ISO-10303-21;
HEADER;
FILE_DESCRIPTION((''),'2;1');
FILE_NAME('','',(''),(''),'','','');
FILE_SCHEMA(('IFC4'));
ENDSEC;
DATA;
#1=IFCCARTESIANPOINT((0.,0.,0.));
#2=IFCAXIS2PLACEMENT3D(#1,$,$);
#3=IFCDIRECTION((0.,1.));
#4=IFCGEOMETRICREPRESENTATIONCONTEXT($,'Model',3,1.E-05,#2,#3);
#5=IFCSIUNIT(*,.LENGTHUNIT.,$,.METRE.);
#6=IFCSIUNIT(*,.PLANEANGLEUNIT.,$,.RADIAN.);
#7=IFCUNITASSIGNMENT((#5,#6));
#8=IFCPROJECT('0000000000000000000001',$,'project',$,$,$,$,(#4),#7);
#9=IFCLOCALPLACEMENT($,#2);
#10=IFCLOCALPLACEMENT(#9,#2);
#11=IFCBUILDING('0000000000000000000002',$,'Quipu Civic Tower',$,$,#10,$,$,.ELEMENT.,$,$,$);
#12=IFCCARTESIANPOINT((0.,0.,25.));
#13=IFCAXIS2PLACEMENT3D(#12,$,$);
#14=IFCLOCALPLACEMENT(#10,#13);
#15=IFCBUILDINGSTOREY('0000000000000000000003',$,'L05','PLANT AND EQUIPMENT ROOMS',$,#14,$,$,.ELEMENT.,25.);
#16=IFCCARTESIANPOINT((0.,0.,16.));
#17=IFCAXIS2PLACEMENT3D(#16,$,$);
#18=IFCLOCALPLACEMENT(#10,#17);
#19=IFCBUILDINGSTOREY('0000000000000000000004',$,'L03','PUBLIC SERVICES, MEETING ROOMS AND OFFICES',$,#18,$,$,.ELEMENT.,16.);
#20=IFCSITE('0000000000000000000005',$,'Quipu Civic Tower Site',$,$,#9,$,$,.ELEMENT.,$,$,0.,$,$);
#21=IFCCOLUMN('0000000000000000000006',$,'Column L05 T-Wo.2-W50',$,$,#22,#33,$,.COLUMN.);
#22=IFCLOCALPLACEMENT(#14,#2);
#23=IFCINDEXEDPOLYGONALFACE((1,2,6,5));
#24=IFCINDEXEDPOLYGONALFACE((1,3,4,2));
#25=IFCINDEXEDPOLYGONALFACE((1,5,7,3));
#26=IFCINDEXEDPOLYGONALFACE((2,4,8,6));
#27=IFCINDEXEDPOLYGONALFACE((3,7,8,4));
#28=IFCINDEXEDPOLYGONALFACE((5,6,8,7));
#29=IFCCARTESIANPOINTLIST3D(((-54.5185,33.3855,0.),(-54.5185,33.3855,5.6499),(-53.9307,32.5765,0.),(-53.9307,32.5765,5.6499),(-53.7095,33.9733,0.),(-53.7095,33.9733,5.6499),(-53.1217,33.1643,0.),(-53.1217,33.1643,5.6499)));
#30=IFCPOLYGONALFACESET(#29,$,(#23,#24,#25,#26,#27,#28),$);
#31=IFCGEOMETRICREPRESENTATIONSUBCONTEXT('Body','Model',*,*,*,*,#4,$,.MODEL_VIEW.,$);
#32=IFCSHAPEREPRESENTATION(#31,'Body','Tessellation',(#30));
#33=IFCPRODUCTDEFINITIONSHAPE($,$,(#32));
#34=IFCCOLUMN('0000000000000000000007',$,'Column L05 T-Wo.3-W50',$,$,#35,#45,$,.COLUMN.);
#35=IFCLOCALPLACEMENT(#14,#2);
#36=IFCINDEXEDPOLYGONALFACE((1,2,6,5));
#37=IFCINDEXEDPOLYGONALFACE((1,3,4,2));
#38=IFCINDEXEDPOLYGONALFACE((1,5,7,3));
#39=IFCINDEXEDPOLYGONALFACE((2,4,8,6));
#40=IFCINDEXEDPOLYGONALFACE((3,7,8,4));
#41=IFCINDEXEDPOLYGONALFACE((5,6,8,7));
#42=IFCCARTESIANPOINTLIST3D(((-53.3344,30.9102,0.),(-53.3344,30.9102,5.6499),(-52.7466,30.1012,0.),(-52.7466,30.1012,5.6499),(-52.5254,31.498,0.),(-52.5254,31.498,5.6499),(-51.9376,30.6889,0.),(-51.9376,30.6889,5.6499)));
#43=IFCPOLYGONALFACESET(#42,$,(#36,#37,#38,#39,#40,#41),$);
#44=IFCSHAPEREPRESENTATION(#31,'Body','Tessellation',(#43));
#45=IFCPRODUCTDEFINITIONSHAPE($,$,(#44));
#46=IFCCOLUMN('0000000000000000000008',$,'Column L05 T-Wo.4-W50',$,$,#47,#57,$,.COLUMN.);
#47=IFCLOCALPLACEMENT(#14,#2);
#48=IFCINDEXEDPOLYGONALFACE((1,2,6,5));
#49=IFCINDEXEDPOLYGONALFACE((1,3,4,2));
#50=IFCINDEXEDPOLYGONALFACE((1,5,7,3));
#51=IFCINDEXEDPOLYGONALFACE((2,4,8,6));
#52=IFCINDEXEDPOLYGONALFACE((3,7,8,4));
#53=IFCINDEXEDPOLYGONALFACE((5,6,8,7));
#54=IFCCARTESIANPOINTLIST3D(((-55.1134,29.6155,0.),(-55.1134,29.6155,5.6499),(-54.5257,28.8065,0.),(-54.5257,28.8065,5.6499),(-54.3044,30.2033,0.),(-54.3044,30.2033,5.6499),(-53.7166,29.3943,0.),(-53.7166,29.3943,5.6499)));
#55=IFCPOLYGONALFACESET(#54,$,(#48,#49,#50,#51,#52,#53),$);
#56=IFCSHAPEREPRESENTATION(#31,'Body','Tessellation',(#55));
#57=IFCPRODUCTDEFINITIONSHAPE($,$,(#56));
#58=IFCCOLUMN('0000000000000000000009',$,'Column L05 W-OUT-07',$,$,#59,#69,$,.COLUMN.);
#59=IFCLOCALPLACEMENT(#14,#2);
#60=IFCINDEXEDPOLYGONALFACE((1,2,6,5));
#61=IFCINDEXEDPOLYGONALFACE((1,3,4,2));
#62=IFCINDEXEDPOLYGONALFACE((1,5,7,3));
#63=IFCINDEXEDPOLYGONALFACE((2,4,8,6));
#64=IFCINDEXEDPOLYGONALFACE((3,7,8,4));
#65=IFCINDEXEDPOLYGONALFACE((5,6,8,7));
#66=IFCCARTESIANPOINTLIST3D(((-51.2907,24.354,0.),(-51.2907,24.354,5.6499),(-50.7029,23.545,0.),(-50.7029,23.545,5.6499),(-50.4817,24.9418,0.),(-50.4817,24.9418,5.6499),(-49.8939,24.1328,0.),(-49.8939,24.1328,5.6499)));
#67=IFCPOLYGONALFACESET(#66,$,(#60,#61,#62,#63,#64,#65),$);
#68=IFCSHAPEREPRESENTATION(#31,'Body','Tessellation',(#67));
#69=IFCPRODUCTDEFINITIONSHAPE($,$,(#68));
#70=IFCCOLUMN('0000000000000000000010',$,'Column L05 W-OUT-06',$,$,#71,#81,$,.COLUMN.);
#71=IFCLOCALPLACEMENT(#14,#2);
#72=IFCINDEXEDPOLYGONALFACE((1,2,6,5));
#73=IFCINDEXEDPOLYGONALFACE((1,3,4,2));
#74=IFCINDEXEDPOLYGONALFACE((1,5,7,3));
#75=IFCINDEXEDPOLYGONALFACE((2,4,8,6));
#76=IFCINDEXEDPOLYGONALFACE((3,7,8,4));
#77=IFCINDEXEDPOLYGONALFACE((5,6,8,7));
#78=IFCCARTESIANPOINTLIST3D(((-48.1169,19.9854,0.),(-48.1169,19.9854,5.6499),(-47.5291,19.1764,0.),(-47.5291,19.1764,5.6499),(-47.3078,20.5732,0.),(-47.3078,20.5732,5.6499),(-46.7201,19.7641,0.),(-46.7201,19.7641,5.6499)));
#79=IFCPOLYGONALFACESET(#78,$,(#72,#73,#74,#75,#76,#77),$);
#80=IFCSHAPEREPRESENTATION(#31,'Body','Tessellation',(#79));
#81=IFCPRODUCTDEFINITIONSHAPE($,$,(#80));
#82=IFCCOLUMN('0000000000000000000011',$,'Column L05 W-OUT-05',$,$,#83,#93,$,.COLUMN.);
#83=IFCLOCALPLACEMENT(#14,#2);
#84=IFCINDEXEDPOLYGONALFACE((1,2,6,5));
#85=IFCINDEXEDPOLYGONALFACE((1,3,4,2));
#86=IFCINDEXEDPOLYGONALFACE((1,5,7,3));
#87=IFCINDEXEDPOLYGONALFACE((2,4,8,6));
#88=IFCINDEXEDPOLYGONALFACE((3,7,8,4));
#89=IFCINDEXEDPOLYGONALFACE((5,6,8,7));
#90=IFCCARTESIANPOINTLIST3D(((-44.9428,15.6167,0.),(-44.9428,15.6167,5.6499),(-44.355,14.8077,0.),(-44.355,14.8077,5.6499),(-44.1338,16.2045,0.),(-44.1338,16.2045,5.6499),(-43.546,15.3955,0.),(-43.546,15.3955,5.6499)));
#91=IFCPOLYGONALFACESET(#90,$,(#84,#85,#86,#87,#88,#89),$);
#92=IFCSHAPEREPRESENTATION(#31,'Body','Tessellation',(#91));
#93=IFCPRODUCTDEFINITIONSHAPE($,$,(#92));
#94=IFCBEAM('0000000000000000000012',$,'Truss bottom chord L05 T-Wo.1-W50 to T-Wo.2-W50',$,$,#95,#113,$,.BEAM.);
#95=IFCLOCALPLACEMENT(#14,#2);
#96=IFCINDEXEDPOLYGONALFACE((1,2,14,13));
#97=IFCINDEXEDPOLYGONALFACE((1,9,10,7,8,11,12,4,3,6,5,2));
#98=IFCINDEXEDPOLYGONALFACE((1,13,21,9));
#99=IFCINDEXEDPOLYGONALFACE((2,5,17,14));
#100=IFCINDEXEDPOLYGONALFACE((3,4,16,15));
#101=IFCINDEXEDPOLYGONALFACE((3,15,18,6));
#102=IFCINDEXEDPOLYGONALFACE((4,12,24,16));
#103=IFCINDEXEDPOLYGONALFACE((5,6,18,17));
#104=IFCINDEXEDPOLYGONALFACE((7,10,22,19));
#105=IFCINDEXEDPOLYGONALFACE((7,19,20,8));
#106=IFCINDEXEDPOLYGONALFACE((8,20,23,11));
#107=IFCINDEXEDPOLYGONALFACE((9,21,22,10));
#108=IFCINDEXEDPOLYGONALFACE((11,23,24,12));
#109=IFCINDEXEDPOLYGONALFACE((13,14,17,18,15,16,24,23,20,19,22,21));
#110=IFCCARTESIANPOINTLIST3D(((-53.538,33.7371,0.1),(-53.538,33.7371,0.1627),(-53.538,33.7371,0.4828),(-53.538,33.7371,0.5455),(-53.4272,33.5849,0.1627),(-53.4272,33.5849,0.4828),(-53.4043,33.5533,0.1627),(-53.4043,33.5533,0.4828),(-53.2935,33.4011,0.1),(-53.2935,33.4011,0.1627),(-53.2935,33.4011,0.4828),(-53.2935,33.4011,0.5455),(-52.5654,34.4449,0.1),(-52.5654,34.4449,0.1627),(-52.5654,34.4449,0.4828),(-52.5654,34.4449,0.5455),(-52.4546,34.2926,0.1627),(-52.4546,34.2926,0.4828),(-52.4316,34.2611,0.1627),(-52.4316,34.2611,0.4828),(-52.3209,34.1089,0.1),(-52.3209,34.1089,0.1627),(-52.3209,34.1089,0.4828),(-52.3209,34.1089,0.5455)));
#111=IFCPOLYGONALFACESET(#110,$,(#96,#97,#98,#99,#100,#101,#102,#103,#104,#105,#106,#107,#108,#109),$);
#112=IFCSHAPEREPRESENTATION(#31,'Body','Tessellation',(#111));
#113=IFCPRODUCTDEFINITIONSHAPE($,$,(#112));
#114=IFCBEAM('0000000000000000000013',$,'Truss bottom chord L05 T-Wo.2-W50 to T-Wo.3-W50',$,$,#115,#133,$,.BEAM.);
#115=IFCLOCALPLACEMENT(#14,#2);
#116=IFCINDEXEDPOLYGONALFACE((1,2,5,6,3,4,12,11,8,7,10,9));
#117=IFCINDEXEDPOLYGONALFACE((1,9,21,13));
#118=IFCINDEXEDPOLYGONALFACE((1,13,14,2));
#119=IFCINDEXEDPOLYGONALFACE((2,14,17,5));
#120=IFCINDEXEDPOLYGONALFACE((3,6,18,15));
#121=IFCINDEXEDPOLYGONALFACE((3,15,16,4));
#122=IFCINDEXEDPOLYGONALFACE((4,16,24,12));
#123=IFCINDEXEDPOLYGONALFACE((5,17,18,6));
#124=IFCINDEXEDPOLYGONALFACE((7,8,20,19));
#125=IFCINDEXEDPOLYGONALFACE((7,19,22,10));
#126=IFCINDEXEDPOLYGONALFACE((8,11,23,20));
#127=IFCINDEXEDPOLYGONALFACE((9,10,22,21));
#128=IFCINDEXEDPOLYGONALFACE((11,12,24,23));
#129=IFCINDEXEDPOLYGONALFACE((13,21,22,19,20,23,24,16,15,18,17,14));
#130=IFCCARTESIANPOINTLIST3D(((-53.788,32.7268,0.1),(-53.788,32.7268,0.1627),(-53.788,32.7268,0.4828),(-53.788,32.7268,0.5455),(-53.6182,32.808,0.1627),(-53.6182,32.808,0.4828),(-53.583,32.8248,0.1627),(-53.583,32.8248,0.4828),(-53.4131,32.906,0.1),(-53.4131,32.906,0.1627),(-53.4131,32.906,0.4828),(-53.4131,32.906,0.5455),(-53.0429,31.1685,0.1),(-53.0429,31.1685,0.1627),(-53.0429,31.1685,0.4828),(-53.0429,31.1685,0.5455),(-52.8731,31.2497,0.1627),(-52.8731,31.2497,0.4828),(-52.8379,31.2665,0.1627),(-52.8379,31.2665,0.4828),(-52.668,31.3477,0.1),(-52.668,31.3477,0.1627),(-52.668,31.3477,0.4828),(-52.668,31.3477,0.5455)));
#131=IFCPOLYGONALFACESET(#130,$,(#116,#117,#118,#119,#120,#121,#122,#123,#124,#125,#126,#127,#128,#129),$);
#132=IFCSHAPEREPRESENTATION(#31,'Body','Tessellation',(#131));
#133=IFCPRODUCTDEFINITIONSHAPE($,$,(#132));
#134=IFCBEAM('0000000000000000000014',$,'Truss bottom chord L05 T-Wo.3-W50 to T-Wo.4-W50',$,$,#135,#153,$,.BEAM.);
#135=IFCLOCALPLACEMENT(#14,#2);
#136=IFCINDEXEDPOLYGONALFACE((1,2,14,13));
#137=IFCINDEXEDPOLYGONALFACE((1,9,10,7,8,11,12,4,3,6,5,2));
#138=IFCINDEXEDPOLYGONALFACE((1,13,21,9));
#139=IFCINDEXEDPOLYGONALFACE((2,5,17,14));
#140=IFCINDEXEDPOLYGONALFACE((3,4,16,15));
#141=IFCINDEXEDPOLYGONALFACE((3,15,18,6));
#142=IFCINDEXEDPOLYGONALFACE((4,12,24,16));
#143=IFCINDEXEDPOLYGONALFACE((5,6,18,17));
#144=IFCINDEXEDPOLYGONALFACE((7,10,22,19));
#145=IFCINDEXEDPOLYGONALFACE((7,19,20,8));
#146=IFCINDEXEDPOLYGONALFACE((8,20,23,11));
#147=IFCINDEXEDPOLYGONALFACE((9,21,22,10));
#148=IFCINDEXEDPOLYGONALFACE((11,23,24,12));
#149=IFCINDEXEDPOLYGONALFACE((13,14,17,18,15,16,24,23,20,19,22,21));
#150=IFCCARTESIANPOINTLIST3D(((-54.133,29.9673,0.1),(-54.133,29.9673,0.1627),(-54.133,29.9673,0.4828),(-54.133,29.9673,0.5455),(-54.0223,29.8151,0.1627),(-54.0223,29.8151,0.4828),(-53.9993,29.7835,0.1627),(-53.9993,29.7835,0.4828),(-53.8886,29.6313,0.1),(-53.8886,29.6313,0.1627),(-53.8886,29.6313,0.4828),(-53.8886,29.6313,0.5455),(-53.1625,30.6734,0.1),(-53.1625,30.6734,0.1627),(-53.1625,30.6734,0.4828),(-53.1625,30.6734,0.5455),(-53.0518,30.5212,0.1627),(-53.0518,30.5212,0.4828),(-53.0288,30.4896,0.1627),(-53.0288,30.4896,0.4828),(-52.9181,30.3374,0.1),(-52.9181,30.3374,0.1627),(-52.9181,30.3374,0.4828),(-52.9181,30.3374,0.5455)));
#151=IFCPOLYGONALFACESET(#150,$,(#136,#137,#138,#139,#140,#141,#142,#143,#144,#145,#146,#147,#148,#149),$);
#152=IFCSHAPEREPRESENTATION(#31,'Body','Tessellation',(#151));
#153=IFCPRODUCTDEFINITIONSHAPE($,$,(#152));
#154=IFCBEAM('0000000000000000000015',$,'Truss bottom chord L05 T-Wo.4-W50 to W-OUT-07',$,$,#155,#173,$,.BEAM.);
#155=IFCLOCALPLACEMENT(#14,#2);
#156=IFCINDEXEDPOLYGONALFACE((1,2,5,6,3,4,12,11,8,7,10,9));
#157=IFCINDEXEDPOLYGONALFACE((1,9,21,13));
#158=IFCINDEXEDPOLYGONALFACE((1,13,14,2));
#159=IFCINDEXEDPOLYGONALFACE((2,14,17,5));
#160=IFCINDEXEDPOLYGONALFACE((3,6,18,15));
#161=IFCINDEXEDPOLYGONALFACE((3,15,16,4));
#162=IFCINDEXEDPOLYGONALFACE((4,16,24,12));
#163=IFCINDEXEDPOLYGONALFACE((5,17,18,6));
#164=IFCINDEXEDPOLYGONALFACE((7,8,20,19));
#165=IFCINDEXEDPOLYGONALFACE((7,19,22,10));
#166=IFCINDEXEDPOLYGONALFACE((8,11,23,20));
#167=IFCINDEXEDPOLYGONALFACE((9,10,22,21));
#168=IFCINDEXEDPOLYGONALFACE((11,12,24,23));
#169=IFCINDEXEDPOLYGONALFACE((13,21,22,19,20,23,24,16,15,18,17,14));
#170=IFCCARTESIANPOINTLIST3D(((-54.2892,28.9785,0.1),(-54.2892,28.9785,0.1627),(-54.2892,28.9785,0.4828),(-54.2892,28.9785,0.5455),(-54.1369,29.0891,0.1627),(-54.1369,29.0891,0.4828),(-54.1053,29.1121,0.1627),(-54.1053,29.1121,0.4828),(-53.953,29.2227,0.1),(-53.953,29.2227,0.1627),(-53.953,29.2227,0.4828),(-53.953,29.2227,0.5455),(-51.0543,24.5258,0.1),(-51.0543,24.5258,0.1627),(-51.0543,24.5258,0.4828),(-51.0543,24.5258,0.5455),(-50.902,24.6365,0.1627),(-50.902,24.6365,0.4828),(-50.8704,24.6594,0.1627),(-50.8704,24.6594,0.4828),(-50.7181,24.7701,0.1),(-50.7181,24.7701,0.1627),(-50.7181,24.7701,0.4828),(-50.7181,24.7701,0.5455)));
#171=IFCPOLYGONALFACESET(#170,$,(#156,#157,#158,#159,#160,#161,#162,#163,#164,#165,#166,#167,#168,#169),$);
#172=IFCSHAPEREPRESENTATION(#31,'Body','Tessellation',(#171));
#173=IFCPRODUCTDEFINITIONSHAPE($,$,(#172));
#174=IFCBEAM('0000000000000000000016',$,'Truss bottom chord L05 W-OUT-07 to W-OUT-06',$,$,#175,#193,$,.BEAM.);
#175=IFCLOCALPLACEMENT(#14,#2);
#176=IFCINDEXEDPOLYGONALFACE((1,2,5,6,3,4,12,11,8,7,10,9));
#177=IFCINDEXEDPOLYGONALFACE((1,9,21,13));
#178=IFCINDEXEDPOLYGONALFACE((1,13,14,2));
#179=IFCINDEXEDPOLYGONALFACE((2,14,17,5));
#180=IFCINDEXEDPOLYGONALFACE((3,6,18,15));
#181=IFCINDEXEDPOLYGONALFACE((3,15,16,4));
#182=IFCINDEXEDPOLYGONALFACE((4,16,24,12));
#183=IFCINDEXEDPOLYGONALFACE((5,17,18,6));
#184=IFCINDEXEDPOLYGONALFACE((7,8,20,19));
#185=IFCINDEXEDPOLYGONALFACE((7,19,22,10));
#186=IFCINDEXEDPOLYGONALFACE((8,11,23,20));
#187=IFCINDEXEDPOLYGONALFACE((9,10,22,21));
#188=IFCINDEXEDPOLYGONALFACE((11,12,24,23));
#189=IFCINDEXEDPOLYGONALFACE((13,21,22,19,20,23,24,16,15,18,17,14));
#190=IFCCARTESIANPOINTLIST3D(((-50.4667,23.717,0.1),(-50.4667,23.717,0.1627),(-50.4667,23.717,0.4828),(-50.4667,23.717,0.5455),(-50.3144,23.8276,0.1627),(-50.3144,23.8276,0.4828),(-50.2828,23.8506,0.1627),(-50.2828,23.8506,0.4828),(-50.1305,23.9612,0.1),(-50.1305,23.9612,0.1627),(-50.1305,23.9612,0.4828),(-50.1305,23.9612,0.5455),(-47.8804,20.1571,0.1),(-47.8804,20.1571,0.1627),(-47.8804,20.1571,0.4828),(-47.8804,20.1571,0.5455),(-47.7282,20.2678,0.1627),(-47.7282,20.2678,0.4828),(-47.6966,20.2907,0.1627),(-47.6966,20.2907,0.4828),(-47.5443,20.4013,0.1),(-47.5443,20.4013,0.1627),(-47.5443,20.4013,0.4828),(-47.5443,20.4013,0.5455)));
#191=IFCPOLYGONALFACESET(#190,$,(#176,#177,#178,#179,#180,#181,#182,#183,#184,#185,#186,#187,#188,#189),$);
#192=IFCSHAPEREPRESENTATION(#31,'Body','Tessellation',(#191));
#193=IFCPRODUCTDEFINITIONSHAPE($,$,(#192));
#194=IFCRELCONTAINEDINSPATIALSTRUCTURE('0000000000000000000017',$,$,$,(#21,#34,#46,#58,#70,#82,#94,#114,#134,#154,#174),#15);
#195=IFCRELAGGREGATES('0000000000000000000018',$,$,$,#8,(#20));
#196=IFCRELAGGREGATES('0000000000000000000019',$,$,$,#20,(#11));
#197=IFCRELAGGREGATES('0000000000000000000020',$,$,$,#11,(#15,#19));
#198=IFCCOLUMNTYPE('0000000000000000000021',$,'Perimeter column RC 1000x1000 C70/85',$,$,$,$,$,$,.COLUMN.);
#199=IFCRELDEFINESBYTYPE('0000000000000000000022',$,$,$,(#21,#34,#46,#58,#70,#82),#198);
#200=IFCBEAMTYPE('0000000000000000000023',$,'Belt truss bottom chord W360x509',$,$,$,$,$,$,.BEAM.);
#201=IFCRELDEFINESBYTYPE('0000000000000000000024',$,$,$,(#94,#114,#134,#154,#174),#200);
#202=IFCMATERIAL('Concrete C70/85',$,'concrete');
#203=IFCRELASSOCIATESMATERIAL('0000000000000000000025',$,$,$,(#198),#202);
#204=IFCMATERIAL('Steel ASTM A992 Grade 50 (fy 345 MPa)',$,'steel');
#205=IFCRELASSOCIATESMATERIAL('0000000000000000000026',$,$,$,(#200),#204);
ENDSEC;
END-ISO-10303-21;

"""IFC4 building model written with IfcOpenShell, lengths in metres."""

from ifc_helpers import new_model, si_unit, direction, frame, origin, origin_2d, place, context, subcontext, project, spatial, rectangle, i_section, extrude, material, material_profile, profile_set, type_object, element, save


model = new_model("IFC4")

# Units and contexts
model_context = context("Model", 3, precision=1e-05, world=origin(), true_north=direction((0.0, 1.0)))
body_context = subcontext(model_context, "Body", "Model", "MODEL_VIEW")
ifc_project = project(units=[si_unit("LENGTHUNIT", "METRE"), si_unit("PLANEANGLEUNIT", "RADIAN")], contexts=[model_context])

# Site, building, storey
site_placement = place(None, origin())
site = spatial("IfcSite", under=ifc_project, at=site_placement, Name="Quipu Civic Tower Site", CompositionType="ELEMENT", RefElevation=0.0)
building_placement = place(site_placement, origin())
building = spatial("IfcBuilding", under=site, at=building_placement, Name="Quipu Civic Tower", CompositionType="ELEMENT")
storey_1_placement = place(building_placement, frame((0.0, 0.0, 25.0)))
storey_1 = spatial("IfcBuildingStorey", under=building, at=storey_1_placement, Name="L05", Description="PLANT AND EQUIPMENT ROOMS", CompositionType="ELEMENT", Elevation=25.0)

# Columns
ifc_material_1 = material(Name="Concrete C70/85", Category="concrete")
ifc_material_profile_1 = material_profile(ifc_material_1, rectangle(XDim=1.0, YDim=1.0, at=origin_2d()), Name="RC1000x1000")
ifc_profile_set_1 = profile_set([ifc_material_profile_1], Name="Concrete C70/85")
column_type = type_object("IfcColumnType", Name="Perimeter column RC 1000x1000 C70/85", PredefinedType="COLUMN", material=ifc_profile_set_1)
for number, where, z_axis, x_axis, name in (
    (1, (-53.8201, 33.2749, 0.0), (0.0, 0.0, 1.0), (0.587785, -0.809017, 0.0), "Column L05 T-Wo.2-W50"),
    (2, (-52.636, 30.7996, 0.0), (0.0, 0.0, 1.0), (-0.809017, -0.587785, 0.0), "Column L05 T-Wo.3-W50"),
    (3, (-54.415, 29.5049, 0.0), (0.0, 0.0, 1.0), (0.587785, -0.809017, 0.0), "Column L05 T-Wo.4-W50"),
    (4, (-50.5923, 24.2434, 0.0), (0.0, 0.0, 1.0), (0.587785, -0.809017, 0.0), "Column L05 W-OUT-07"),
    (5, (-47.4185, 19.8748, 0.0), (0.0, 0.0, 1.0), (0.587785, -0.809017, 0.0), "Column L05 W-OUT-06"),
    (6, (-44.2444, 15.5061, 0.0), (0.0, 0.0, 1.0), (0.587785, -0.809017, 0.0), "Column L05 W-OUT-05"),
):
    element("IfcColumn", number, at=place(storey_1_placement, frame(where, z_axis=z_axis, x_axis=x_axis)), inside=storey_1, type_object=column_type, Name=name, PredefinedType="COLUMN", context=body_context, shape_type="SweptSolid", body=[
        extrude(rectangle(XDim=1.0, YDim=1.0, at=origin_2d()), origin(), (0.0, 0.0, 1.0), 5.6499),
    ])

# Beams
ifc_material_2 = material(Name="Steel ASTM A992 Grade 50 (fy 345 MPa)", Category="steel")
ifc_material_profile_2 = material_profile(ifc_material_2, i_section(OverallWidth=0.4155, OverallDepth=0.4456, WebThickness=0.0391, FlangeThickness=0.0627, at=origin_2d()), Name="W360x509")
ifc_profile_set_2 = profile_set([ifc_material_profile_2], Name="Steel ASTM A992 Grade 50 (fy 345 MPa)")
beam_type_1 = type_object("IfcBeamType", Name="Belt truss bottom chord W360x509", PredefinedType="BEAM", material=ifc_profile_set_2)
beam_1_placement = place(storey_1_placement, frame((-52.4431, 34.2769, 0.3228), z_axis=(-0.808587, -0.588377, 0.0), x_axis=(0.588377, -0.808587, 0.0)))
element("IfcBeam", 7, at=beam_1_placement, inside=storey_1, type_object=beam_type_1, Name="Truss bottom chord L05 T-Wo.1-W50 to T-Wo.2-W50", PredefinedType="BEAM", context=body_context, shape_type="SweptSolid", body=[
    extrude(i_section(OverallWidth=0.4155, OverallDepth=0.4456, WebThickness=0.0391, FlangeThickness=0.0627, at=origin_2d()), origin(), (0.0, 0.0, 1.0), 1.2029),
])
beam_2_placement = place(storey_1_placement, frame((-53.6006, 32.8164, 0.3228), z_axis=(0.43137, -0.902175, 0.0), x_axis=(0.902175, 0.43137, 0.0)))
element("IfcBeam", 8, at=beam_2_placement, inside=storey_1, type_object=beam_type_1, Name="Truss bottom chord L05 T-Wo.2-W50 to T-Wo.3-W50", PredefinedType="BEAM", context=body_context, shape_type="SweptSolid", body=[
    extrude(i_section(OverallWidth=0.4155, OverallDepth=0.4456, WebThickness=0.0391, FlangeThickness=0.0627, at=origin_2d()), origin(), (0.0, 0.0, 1.0), 1.7273),
])
beam_3_placement = place(storey_1_placement, frame((-53.0403, 30.5054, 0.3228), z_axis=(-0.808631, -0.588317, 0.0), x_axis=(0.588317, -0.808631, 0.0)))
element("IfcBeam", 9, at=beam_3_placement, inside=storey_1, type_object=beam_type_1, Name="Truss bottom chord L05 T-Wo.3-W50 to T-Wo.4-W50", PredefinedType="BEAM", context=body_context, shape_type="SweptSolid", body=[
    extrude(i_section(OverallWidth=0.4155, OverallDepth=0.4456, WebThickness=0.0391, FlangeThickness=0.0627, at=origin_2d()), origin(), (0.0, 0.0, 1.0), 1.2002),
])
beam_4_placement = place(storey_1_placement, frame((-54.1211, 29.1006, 0.3228), z_axis=(0.587765, -0.809031, 0.0), x_axis=(0.809031, 0.587765, 0.0)))
element("IfcBeam", 10, at=beam_4_placement, inside=storey_1, type_object=beam_type_1, Name="Truss bottom chord L05 T-Wo.4-W50 to W-OUT-07", PredefinedType="BEAM", context=body_context, shape_type="SweptSolid", body=[
    extrude(i_section(OverallWidth=0.4155, OverallDepth=0.4456, WebThickness=0.0391, FlangeThickness=0.0627, at=origin_2d()), origin(), (0.0, 0.0, 1.0), 5.5037),
])
beam_5_placement = place(storey_1_placement, frame((-50.2986, 23.8391, 0.3228), z_axis=(0.587759, -0.809036, 0.0), x_axis=(0.809036, 0.587759, 0.0)))
element("IfcBeam", 11, at=beam_5_placement, inside=storey_1, type_object=beam_type_1, Name="Truss bottom chord L05 W-OUT-07 to W-OUT-06", PredefinedType="BEAM", context=body_context, shape_type="SweptSolid", body=[
    extrude(i_section(OverallWidth=0.4155, OverallDepth=0.4456, WebThickness=0.0391, FlangeThickness=0.0627, at=origin_2d()), origin(), (0.0, 0.0, 1.0), 4.4001),
])

# Shared definitions
storey_2_placement = place(building_placement, frame((0.0, 0.0, 16.0)))
storey_2 = spatial("IfcBuildingStorey", under=building, at=storey_2_placement, Name="L03", Description="PUBLIC SERVICES, MEETING ROOMS AND OFFICES", CompositionType="ELEMENT", Elevation=16.0)

save(model, "model.ifc")
